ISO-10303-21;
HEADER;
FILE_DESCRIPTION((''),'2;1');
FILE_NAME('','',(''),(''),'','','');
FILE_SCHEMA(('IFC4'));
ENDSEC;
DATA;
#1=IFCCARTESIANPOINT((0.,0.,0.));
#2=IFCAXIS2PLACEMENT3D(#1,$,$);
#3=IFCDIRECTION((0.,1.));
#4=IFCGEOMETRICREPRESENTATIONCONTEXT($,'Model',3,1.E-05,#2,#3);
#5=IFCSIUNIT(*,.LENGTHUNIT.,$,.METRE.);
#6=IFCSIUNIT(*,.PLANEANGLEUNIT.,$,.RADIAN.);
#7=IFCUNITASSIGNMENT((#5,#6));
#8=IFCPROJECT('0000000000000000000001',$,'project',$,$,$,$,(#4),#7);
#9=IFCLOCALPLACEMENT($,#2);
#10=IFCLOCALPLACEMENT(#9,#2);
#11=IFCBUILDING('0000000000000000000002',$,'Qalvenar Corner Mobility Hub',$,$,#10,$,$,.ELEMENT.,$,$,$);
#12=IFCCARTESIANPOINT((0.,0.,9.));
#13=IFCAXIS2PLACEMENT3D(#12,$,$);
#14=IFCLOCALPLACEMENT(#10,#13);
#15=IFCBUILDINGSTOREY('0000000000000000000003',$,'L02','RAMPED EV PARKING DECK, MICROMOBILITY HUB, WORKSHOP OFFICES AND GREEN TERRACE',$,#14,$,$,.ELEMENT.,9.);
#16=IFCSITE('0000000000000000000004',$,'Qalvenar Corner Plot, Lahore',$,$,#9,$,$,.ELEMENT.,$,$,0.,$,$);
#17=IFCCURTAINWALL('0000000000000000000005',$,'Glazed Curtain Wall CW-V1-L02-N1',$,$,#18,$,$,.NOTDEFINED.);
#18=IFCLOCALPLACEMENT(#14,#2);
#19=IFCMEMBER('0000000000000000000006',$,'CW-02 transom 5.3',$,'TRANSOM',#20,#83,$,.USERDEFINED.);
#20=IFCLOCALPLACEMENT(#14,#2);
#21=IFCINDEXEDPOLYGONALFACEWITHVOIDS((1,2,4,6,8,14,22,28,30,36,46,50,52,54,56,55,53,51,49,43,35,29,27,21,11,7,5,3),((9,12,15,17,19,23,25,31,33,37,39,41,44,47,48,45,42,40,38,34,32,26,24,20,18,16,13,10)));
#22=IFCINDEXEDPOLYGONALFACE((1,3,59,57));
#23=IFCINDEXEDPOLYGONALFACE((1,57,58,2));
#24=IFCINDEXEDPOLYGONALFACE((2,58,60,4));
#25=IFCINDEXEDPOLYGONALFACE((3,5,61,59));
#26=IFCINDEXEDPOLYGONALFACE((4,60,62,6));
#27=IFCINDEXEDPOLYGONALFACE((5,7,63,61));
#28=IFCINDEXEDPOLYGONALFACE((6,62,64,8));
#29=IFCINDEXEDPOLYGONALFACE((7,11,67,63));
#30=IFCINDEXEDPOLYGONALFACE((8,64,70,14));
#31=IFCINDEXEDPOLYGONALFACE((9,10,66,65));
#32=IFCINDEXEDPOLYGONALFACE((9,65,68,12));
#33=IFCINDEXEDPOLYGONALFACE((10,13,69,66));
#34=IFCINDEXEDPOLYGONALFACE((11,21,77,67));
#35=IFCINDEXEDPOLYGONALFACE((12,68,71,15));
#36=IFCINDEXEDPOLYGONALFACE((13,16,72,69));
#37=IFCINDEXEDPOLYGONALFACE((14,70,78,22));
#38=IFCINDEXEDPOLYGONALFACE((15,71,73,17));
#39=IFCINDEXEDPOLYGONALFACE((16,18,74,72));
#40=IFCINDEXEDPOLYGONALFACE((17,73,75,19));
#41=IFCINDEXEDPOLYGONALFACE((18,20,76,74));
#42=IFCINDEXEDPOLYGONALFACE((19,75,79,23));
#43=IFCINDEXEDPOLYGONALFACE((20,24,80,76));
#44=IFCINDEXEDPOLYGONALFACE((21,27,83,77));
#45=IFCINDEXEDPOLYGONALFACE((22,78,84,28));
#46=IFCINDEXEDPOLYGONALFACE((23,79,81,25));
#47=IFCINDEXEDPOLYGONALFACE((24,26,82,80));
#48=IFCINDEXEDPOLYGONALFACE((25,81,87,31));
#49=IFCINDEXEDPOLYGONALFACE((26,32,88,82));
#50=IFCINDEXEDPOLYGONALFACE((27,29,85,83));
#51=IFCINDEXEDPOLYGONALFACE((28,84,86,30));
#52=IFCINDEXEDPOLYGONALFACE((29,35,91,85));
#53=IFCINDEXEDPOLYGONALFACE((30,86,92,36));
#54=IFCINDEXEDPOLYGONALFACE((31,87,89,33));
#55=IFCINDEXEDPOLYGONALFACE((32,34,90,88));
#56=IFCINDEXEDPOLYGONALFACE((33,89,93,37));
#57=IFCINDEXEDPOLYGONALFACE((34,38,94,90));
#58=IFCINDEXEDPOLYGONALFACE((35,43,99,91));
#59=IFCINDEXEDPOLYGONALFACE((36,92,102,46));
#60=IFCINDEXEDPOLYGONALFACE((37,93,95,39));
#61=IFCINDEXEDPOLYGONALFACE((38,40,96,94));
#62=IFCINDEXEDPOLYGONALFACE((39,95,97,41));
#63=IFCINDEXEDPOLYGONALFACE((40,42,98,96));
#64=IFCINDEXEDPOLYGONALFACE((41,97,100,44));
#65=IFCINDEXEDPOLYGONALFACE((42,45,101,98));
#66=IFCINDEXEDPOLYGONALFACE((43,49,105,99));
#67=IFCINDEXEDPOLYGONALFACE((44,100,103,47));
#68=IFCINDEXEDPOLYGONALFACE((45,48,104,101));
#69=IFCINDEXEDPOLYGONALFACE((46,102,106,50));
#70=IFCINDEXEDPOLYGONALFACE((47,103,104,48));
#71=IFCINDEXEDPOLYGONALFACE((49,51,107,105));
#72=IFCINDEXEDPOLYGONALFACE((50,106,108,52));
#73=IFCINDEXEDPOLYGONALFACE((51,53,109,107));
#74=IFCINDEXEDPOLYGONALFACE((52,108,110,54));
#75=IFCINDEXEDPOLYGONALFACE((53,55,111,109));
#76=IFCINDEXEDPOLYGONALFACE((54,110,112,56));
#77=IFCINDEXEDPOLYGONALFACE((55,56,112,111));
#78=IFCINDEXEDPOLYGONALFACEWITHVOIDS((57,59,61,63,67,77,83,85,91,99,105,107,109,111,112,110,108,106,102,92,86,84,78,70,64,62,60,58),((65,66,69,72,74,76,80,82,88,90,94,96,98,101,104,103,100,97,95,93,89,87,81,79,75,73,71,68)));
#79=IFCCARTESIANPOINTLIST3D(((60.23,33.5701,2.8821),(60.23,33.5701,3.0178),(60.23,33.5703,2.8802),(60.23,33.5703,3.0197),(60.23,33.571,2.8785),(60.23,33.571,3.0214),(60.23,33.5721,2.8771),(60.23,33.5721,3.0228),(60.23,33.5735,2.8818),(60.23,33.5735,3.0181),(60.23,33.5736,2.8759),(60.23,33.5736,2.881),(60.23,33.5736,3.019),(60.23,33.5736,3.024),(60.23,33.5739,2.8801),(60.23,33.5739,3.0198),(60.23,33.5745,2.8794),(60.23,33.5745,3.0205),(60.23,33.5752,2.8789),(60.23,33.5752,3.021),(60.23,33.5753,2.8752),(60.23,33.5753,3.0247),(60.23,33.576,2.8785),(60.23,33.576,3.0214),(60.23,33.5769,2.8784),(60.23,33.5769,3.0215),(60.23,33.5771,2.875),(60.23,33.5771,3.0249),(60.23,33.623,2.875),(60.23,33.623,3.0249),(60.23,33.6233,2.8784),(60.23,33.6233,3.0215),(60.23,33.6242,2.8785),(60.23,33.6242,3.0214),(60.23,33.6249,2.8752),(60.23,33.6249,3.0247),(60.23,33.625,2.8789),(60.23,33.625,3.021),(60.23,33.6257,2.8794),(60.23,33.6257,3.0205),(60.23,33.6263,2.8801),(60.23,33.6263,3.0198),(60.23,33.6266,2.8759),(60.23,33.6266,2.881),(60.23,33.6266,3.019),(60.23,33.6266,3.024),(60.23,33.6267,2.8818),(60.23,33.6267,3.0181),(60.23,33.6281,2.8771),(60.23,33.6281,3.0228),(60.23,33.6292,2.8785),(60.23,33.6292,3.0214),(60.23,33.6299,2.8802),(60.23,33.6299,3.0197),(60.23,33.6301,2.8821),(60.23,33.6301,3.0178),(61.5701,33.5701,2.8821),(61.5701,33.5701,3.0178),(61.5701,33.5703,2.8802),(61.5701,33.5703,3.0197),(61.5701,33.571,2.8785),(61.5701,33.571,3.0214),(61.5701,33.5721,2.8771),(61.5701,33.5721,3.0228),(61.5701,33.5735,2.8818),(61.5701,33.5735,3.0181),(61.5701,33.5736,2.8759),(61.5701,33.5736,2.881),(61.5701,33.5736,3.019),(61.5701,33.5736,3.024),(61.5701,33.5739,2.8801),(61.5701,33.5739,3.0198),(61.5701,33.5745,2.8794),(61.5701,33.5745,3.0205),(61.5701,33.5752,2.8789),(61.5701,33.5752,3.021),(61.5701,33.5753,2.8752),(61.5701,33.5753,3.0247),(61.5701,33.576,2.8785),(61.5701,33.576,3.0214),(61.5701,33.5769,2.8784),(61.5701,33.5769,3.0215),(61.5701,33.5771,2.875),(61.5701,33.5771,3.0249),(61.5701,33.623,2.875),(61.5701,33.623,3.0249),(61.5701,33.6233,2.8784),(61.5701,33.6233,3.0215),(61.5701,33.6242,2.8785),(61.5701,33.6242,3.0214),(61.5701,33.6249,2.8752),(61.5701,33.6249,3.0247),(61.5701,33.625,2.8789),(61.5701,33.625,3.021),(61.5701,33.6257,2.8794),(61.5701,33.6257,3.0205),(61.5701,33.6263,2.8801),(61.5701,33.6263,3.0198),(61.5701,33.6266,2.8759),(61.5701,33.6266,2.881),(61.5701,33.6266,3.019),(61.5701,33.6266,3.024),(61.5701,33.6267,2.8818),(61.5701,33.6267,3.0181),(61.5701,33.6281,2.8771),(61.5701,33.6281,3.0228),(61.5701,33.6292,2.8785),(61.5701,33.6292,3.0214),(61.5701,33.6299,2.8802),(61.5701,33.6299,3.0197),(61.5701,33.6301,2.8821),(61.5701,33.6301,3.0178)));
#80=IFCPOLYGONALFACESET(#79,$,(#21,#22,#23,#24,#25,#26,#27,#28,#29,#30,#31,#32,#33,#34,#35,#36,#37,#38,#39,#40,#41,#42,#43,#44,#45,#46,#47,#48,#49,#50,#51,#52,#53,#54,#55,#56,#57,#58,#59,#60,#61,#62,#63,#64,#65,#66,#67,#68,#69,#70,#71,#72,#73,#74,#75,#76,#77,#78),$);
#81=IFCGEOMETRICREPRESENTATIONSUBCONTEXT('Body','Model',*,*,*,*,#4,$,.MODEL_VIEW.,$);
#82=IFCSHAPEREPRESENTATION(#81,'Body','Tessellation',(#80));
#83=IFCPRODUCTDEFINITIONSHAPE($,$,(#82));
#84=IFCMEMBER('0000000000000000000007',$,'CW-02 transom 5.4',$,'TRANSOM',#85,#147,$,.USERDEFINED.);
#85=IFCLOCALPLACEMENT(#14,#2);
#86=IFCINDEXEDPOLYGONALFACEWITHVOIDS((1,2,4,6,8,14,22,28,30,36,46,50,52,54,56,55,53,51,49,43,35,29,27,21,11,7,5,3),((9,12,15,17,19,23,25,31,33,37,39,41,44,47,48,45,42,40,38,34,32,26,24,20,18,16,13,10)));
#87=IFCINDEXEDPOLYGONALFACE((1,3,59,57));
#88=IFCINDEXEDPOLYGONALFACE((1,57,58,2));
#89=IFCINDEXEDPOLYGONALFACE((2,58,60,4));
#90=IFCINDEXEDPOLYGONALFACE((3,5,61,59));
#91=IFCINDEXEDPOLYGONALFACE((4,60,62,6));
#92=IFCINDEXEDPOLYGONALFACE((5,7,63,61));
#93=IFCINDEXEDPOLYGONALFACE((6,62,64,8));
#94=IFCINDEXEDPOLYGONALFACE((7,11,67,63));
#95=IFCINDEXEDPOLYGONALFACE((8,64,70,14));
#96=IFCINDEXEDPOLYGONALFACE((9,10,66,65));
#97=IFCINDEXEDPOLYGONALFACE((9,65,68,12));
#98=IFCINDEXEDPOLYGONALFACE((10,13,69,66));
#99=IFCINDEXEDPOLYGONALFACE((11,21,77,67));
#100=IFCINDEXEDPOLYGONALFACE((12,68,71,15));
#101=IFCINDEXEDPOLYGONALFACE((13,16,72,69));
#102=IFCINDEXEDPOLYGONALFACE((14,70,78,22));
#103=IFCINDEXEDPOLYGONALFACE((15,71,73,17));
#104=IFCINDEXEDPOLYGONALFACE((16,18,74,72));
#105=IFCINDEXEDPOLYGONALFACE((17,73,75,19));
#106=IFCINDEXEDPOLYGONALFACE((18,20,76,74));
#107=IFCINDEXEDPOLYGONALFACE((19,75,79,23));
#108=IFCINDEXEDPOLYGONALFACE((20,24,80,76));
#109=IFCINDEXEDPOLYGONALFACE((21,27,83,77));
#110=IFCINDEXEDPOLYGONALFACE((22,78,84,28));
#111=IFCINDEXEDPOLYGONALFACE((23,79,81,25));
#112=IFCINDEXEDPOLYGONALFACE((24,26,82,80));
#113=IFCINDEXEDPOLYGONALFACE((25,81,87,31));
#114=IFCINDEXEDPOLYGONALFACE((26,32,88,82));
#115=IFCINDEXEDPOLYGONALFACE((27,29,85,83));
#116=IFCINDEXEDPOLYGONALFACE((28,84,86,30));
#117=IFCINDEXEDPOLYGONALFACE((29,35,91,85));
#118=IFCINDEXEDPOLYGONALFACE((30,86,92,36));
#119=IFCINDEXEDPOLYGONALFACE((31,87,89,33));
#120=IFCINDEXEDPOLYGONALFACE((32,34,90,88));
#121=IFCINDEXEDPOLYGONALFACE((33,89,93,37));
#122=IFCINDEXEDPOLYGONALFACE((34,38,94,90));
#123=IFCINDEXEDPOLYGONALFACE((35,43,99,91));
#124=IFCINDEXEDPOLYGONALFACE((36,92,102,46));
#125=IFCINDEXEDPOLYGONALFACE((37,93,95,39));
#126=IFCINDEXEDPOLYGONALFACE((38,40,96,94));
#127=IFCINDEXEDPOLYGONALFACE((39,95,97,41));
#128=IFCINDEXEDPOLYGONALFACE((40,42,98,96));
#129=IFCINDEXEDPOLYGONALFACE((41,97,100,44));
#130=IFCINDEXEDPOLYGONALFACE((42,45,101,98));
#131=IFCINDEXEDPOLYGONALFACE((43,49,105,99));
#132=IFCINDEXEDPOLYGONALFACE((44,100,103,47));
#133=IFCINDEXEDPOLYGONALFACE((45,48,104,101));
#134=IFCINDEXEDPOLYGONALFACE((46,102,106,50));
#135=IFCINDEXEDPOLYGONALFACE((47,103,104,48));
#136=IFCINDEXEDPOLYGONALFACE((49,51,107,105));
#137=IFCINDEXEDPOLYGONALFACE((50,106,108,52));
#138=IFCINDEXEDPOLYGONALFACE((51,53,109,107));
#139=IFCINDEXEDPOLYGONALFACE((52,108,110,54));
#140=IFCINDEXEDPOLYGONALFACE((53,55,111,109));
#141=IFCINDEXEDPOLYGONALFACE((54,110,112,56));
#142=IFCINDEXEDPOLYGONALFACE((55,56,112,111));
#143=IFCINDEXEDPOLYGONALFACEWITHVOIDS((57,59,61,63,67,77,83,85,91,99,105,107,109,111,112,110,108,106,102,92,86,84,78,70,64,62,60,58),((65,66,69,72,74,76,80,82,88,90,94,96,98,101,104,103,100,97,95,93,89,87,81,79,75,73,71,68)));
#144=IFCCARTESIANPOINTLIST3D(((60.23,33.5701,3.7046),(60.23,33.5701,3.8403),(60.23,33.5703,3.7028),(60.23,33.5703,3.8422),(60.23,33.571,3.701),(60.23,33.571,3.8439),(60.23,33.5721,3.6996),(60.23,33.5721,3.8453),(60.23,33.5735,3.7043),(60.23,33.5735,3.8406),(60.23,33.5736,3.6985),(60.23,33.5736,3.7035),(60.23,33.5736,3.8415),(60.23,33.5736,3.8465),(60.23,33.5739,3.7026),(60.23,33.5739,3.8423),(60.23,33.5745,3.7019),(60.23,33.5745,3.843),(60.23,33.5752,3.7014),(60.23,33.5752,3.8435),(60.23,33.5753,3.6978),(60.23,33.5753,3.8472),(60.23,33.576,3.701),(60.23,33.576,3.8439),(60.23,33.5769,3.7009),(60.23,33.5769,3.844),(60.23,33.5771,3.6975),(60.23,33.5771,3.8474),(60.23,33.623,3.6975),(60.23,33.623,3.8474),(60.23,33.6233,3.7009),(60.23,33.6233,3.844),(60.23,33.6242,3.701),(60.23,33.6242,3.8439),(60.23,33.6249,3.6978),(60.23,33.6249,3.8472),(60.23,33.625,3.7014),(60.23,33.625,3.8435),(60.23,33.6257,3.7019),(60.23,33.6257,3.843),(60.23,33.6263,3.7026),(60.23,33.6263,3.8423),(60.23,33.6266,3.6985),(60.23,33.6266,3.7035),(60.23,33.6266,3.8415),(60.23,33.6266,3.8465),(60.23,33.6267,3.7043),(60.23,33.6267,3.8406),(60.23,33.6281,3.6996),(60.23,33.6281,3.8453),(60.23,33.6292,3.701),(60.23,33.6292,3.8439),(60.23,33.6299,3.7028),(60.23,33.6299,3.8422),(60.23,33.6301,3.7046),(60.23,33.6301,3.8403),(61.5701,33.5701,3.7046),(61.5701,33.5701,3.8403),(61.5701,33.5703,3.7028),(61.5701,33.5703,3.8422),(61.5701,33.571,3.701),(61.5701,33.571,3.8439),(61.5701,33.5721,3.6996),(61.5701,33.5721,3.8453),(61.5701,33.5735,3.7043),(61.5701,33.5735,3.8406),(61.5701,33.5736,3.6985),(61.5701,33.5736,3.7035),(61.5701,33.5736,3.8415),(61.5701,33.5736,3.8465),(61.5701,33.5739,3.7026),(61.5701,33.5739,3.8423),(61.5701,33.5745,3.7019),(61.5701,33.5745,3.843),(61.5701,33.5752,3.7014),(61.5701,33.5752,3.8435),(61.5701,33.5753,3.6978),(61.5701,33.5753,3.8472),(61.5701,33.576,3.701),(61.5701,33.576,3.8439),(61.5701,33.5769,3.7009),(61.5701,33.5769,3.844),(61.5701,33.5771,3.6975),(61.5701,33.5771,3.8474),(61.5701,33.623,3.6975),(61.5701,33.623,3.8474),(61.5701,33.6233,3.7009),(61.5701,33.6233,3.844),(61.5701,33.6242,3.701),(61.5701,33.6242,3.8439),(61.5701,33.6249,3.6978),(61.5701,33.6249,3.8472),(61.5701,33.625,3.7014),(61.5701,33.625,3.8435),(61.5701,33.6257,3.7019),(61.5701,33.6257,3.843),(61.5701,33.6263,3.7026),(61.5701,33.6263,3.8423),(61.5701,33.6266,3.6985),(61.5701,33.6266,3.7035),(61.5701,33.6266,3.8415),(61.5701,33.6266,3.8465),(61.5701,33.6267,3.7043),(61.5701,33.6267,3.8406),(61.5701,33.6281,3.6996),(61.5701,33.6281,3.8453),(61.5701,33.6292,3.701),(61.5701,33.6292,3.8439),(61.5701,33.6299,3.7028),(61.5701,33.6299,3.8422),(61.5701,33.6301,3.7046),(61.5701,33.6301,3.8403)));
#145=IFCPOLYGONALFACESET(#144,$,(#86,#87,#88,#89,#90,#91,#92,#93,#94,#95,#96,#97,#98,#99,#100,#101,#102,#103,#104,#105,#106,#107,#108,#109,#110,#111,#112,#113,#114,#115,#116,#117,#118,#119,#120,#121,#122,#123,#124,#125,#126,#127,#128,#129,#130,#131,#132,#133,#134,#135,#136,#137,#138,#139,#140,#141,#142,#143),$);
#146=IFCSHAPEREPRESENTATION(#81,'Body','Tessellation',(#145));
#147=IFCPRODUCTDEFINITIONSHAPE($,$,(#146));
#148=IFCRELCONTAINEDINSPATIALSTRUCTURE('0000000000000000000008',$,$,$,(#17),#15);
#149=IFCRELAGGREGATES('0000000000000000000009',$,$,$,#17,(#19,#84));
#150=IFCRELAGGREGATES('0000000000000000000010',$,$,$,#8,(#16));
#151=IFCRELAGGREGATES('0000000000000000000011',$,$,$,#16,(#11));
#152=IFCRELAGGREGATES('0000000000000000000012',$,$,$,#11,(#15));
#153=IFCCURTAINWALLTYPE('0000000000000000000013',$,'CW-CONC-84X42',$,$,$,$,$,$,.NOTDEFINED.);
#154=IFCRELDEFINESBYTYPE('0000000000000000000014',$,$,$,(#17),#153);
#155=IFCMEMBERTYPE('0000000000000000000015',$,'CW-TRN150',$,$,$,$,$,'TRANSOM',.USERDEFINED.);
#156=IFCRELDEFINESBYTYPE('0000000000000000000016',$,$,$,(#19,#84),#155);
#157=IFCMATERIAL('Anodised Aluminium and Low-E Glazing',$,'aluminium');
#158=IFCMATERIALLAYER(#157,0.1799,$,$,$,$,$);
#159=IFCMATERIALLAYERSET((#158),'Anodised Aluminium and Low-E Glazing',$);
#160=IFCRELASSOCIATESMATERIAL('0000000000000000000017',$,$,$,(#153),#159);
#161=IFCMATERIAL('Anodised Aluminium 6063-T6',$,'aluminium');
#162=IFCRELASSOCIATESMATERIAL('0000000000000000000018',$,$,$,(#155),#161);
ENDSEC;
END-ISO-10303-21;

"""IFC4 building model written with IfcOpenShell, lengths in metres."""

from ifc_helpers import new_model, si_unit, direction, frame, origin, origin_2d, place, context, subcontext, project, spatial, hollow_rectangle, extrude, material, layer, layer_set, material_profile, profile_set, type_object, element, aggregate, save


model = new_model("IFC4")

# Units and contexts
model_context = context("Model", 3, precision=1e-05, world=origin(), true_north=direction((0.0, 1.0)))
body_context = subcontext(model_context, "Body", "Model", "MODEL_VIEW")
ifc_project = project(units=[si_unit("LENGTHUNIT", "METRE"), si_unit("PLANEANGLEUNIT", "RADIAN")], contexts=[model_context])

# Site, building, storey
site_placement = place(None, origin())
site = spatial("IfcSite", under=ifc_project, at=site_placement, Name="Qalvenar Corner Plot, Lahore", CompositionType="ELEMENT", RefElevation=0.0)
building_placement = place(site_placement, origin())
building = spatial("IfcBuilding", under=site, at=building_placement, Name="Qalvenar Corner Mobility Hub", CompositionType="ELEMENT")
storey_placement = place(building_placement, frame((0.0, 0.0, 9.0)))
storey = spatial("IfcBuildingStorey", under=building, at=storey_placement, Name="L02", Description="RAMPED EV PARKING DECK, MICROMOBILITY HUB, WORKSHOP OFFICES AND GREEN TERRACE", CompositionType="ELEMENT", Elevation=9.0)

# Shared definitions
ifc_material_1 = material(Name="Anodised Aluminium and Low-E Glazing", Category="aluminium")
ifc_material_2 = material(Name="Anodised Aluminium 6063-T6", Category="aluminium")

# Curtain wall, members
ifc_layer_1 = layer(ifc_material_1, 0.1799)
ifc_layer_set_1 = layer_set([ifc_layer_1], Name="Anodised Aluminium and Low-E Glazing")
curtain_wall_type_1 = type_object("IfcCurtainWallType", Name="CW-CONC-84X42", PredefinedType="NOTDEFINED", material=ifc_layer_set_1)
curtain_wall_1_placement = place(storey_placement, origin())
curtain_wall_1 = element("IfcCurtainWall", 1, at=curtain_wall_1_placement, inside=storey, type_object=curtain_wall_type_1, Name="Glazed Curtain Wall CW-V1-L02-N1", PredefinedType="NOTDEFINED")
ifc_material_profile_1 = material_profile(ifc_material_2, hollow_rectangle(XDim=0.0601, YDim=0.1499, WallThickness=0.0034, InnerFilletRadius=0.0034, OuterFilletRadius=0.0071, at=origin_2d()), Name="RHS150x60x3.5")
ifc_profile_set_1 = profile_set([ifc_material_profile_1], Name="Anodised Aluminium 6063-T6")
member_type_1 = type_object("IfcMemberType", Name="CW-TRN150", ElementType="TRANSOM", PredefinedType="USERDEFINED", material=ifc_profile_set_1)
member_1_placement = place(storey_placement, frame((61.5701, 33.6001, 2.95), z_axis=(-1.0, 0.0, 0.0), x_axis=(0.0, -1.0, 0.0)))
member_1 = element("IfcMember", 2, at=member_1_placement, type_object=member_type_1, Name="CW-02 transom 5.3", ObjectType="TRANSOM", PredefinedType="USERDEFINED", context=body_context, shape_type="SweptSolid", body=[
    extrude(hollow_rectangle(XDim=0.0601, YDim=0.1499, WallThickness=0.0034, InnerFilletRadius=0.0034, OuterFilletRadius=0.0071, at=origin_2d()), origin(), (0.0, 0.0, 1.0), 1.3401),
])
member_2_placement = place(storey_placement, frame((61.5701, 33.6001, 3.7725), z_axis=(-1.0, 0.0, 0.0), x_axis=(0.0, -1.0, 0.0)))
member_2 = element("IfcMember", 3, at=member_2_placement, type_object=member_type_1, Name="CW-02 transom 5.4", ObjectType="TRANSOM", PredefinedType="USERDEFINED", context=body_context, shape_type="SweptSolid", body=[
    extrude(hollow_rectangle(XDim=0.0601, YDim=0.1499, WallThickness=0.0034, InnerFilletRadius=0.0034, OuterFilletRadius=0.0071, at=origin_2d()), origin(), (0.0, 0.0, 1.0), 1.3401),
])
aggregate(curtain_wall_1, [member_1, member_2])

save(model, "model.ifc")
